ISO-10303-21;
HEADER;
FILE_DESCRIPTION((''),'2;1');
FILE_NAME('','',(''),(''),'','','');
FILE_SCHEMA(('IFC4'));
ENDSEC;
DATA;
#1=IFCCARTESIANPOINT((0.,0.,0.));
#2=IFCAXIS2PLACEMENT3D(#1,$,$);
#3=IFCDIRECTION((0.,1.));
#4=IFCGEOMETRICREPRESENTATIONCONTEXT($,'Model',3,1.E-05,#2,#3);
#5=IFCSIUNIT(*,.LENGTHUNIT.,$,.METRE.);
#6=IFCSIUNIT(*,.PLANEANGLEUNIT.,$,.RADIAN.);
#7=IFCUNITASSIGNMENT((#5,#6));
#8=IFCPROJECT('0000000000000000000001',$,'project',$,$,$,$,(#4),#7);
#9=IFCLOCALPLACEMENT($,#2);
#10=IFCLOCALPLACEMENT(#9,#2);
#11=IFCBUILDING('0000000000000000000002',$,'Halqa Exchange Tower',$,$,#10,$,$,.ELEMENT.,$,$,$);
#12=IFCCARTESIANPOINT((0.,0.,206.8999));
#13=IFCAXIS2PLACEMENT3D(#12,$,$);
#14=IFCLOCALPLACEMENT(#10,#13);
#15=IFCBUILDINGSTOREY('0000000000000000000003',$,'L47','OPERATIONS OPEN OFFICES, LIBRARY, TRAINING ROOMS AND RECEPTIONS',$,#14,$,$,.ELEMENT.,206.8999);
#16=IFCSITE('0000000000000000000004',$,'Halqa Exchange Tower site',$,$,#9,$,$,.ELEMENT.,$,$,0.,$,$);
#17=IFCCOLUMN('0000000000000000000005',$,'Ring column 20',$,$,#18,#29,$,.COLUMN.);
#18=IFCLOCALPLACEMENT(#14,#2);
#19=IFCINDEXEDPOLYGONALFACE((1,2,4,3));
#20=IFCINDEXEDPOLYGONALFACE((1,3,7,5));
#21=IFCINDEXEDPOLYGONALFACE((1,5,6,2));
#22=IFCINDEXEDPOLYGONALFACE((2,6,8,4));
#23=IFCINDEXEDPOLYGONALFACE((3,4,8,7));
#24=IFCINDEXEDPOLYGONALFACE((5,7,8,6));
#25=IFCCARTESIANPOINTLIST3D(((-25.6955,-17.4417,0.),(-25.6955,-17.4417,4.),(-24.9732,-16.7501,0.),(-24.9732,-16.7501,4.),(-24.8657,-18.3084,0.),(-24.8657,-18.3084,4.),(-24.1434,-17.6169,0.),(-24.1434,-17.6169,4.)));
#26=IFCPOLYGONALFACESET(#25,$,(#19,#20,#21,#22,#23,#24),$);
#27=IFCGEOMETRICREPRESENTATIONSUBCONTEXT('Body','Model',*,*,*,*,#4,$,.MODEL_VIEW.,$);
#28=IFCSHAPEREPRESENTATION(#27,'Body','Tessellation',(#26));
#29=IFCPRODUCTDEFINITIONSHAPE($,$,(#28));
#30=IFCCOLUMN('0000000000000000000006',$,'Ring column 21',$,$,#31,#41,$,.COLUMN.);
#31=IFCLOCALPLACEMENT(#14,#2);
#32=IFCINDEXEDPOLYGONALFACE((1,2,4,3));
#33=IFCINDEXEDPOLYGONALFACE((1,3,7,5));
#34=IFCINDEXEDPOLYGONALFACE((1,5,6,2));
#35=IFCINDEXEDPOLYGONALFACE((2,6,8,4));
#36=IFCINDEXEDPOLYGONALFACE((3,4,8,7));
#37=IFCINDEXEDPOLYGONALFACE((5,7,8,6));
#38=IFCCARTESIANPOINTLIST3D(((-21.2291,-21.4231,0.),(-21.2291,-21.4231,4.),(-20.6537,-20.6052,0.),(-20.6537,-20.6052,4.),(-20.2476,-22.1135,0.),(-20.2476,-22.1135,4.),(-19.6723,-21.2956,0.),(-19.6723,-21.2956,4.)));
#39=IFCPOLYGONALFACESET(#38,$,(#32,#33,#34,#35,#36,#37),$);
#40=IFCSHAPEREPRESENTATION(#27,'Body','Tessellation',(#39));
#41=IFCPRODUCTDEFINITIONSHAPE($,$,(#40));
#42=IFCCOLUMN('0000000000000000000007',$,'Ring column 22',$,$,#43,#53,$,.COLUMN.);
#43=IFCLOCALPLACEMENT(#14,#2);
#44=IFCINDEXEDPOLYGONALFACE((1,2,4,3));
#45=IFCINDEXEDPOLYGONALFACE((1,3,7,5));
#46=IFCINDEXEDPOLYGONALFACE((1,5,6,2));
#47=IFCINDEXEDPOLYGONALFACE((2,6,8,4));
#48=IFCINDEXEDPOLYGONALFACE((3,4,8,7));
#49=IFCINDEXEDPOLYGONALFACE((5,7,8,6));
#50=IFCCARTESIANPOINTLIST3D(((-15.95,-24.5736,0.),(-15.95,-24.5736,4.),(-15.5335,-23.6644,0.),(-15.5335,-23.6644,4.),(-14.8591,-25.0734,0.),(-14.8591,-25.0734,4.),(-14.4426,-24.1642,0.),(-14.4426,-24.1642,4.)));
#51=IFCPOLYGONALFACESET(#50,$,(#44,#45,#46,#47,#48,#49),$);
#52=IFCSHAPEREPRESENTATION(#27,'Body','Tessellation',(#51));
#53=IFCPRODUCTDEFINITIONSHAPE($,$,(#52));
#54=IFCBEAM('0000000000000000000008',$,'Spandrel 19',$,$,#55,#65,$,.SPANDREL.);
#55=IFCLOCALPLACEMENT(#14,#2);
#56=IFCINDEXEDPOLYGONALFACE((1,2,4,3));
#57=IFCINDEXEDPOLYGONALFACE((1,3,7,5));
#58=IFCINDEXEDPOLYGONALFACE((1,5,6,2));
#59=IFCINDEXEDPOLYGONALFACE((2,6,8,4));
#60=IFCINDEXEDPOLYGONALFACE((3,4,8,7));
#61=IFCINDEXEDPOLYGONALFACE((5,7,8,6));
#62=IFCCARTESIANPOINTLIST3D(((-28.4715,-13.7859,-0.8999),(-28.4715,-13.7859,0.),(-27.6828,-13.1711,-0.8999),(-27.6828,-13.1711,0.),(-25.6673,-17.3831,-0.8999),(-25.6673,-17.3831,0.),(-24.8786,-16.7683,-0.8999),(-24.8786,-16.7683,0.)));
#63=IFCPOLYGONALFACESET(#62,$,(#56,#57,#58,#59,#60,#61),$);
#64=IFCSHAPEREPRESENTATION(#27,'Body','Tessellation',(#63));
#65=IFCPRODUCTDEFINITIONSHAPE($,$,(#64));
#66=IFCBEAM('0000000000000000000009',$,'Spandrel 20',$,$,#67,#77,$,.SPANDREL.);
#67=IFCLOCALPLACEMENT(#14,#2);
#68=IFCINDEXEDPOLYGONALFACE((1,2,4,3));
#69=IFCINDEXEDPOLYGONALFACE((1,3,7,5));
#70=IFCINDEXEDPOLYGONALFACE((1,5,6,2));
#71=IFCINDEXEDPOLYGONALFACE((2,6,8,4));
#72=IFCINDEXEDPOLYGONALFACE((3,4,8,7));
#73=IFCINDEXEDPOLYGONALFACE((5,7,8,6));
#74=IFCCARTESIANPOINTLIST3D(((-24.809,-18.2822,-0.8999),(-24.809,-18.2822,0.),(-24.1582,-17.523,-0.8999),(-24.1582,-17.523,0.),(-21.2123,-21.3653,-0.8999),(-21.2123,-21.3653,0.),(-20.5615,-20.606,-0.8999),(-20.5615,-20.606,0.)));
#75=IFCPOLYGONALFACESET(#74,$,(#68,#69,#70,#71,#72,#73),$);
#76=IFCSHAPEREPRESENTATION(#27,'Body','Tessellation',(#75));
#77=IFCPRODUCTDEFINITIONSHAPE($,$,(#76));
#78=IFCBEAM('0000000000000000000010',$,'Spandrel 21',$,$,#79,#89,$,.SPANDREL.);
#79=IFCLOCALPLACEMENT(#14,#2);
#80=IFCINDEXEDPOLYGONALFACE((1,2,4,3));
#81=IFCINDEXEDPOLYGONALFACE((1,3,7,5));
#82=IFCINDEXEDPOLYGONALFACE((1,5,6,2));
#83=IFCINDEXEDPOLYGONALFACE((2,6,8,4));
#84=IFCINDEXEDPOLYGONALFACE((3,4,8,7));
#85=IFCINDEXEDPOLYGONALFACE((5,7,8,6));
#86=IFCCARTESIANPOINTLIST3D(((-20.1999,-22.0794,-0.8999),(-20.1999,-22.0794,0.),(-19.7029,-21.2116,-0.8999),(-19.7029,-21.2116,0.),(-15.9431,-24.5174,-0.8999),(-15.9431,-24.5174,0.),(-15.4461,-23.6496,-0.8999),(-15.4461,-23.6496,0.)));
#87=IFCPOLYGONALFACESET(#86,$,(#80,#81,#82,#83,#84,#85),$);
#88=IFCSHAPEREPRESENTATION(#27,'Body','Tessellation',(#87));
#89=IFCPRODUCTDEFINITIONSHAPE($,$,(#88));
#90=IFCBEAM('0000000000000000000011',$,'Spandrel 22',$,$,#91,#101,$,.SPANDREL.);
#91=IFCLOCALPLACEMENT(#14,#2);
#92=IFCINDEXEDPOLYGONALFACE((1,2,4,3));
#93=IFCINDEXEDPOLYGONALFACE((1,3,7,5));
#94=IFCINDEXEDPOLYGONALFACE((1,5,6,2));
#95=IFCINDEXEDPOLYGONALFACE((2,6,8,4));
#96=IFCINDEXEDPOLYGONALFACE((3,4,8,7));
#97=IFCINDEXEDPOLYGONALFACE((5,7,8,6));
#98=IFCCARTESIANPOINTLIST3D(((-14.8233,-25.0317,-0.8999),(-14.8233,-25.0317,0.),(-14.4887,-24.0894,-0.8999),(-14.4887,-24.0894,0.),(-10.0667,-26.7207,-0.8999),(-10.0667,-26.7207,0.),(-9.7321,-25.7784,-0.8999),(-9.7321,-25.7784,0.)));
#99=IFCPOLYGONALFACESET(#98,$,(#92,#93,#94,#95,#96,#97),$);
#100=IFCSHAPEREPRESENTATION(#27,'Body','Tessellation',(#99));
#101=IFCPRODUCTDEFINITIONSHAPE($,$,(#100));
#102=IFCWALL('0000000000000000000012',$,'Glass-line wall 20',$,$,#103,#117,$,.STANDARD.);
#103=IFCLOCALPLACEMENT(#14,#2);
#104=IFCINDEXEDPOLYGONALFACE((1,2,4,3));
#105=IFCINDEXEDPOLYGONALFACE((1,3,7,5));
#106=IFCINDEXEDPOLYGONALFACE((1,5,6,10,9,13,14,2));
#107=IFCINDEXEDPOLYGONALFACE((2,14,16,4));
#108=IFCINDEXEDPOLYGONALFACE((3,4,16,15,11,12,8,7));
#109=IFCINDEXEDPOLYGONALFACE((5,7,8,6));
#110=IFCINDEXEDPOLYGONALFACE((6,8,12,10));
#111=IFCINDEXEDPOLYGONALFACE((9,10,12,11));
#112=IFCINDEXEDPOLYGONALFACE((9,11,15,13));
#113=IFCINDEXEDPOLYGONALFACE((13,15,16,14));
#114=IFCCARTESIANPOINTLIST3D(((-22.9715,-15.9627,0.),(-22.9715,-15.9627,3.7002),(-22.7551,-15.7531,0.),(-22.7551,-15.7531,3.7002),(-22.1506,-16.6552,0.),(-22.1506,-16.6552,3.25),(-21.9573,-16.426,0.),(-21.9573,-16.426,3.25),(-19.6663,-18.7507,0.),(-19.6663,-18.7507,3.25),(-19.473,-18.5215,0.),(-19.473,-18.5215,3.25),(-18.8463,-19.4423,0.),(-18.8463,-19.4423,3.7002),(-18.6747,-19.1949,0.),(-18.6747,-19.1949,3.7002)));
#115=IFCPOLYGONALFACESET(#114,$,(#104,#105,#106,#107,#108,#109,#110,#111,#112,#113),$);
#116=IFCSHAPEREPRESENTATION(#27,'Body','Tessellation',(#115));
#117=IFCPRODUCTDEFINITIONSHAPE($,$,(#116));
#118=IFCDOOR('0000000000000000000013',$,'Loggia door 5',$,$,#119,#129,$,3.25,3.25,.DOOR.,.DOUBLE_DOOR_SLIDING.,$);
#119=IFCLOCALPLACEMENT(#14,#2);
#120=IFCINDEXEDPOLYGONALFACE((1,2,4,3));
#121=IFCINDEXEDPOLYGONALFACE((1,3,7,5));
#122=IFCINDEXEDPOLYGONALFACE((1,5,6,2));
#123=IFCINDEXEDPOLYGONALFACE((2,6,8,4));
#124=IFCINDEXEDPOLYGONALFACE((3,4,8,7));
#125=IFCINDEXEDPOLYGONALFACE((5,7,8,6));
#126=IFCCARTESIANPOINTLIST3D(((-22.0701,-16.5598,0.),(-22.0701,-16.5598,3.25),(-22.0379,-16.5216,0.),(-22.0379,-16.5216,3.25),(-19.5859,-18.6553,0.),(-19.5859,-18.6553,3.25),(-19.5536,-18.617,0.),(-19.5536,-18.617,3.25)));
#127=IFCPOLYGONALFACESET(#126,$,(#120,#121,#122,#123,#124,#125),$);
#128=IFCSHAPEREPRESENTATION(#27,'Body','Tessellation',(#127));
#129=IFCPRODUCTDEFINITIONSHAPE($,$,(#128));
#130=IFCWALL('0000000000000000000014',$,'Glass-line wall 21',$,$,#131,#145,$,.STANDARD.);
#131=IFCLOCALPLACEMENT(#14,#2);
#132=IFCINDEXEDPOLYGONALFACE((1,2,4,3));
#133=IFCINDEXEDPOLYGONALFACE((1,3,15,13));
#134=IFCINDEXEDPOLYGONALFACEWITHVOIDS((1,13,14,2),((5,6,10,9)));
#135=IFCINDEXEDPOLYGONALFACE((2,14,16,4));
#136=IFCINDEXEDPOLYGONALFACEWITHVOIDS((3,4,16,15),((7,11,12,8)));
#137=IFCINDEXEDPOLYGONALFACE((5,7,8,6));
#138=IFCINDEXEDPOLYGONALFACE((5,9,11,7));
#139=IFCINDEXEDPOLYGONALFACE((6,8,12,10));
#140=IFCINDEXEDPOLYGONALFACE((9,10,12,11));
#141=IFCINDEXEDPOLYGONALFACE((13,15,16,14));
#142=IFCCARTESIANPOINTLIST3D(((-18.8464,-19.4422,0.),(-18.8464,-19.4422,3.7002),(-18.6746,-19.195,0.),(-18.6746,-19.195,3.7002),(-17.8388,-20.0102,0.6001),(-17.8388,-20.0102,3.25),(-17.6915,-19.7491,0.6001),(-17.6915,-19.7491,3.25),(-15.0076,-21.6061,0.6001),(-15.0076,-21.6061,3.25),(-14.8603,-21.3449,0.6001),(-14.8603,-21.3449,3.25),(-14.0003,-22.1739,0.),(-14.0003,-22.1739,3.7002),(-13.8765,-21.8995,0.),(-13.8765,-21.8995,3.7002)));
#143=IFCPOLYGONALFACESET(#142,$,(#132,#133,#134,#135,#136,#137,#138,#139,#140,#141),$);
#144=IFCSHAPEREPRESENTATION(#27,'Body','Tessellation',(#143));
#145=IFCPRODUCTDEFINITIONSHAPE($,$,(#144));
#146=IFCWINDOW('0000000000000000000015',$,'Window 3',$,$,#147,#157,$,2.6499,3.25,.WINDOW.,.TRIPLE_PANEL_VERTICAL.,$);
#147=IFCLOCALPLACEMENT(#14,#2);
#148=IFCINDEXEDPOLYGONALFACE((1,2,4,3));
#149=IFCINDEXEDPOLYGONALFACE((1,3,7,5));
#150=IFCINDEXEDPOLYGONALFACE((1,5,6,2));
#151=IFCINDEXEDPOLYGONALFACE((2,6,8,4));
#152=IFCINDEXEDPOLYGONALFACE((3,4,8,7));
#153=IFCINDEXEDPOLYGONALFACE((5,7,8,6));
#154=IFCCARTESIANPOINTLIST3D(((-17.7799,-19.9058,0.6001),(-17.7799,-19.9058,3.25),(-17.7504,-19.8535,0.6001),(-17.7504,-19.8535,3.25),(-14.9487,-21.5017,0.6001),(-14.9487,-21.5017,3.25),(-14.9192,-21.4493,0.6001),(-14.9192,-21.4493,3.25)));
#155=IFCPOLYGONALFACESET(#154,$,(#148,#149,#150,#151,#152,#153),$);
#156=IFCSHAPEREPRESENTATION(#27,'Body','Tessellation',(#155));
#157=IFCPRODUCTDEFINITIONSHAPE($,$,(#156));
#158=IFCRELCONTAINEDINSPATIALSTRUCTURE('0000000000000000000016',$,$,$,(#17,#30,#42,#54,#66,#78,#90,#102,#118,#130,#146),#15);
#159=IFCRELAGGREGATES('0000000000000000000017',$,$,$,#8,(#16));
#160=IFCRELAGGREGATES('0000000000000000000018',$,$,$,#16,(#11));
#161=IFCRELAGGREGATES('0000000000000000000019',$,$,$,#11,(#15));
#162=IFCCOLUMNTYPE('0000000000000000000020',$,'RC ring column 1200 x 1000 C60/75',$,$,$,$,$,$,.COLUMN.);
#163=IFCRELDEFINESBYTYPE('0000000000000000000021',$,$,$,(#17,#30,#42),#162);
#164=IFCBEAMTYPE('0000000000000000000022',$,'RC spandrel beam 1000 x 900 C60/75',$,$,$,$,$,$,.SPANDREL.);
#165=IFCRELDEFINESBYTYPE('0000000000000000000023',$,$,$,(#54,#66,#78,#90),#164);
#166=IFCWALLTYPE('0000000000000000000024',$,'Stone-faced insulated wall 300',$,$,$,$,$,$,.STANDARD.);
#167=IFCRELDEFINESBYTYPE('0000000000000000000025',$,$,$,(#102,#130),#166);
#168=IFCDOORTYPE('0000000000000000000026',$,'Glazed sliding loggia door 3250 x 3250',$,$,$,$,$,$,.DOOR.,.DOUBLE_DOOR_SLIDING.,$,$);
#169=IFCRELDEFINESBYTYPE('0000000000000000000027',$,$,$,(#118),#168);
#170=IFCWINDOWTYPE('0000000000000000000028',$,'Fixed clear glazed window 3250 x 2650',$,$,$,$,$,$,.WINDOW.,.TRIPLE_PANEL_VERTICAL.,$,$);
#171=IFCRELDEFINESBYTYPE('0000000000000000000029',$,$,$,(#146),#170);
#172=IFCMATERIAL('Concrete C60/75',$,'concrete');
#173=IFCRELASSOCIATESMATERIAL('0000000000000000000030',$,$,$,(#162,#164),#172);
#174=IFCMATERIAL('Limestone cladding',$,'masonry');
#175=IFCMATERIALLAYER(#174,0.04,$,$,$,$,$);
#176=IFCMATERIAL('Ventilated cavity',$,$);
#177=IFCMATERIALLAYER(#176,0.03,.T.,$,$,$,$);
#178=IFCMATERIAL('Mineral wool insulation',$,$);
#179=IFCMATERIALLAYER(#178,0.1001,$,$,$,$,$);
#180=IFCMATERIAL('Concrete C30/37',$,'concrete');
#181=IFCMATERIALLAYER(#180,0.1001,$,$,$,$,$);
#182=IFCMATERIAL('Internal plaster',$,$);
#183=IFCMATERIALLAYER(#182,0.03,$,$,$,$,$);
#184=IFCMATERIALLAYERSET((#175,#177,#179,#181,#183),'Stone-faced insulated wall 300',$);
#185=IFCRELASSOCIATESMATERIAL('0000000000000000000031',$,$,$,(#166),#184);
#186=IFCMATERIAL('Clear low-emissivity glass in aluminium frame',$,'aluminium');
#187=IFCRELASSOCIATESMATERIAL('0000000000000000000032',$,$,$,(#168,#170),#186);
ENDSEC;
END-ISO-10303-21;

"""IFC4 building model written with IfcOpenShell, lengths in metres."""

from ifc_helpers import new_model, si_unit, direction, frame, frame_2d, origin, origin_2d, place, context, subcontext, project, spatial, polyline, rectangle, outline, extrude, material, layer, layer_set, material_profile, profile_set, type_object, element, fill, save


model = new_model("IFC4")

# Units and contexts
model_context = context("Model", 3, precision=1e-05, world=origin(), true_north=direction((0.0, 1.0)))
body_context = subcontext(model_context, "Body", "Model", "MODEL_VIEW")
ifc_project = project(units=[si_unit("LENGTHUNIT", "METRE"), si_unit("PLANEANGLEUNIT", "RADIAN")], contexts=[model_context])

# Site, building, storey
site_placement = place(None, origin())
site = spatial("IfcSite", under=ifc_project, at=site_placement, Name="Halqa Exchange Tower site", CompositionType="ELEMENT", RefElevation=0.0)
building_placement = place(site_placement, origin())
building = spatial("IfcBuilding", under=site, at=building_placement, Name="Halqa Exchange Tower", CompositionType="ELEMENT")
storey_placement = place(building_placement, frame((0.0, 0.0, 206.8999)))
storey = spatial("IfcBuildingStorey", under=building, at=storey_placement, Name="L47", Description="OPERATIONS OPEN OFFICES, LIBRARY, TRAINING ROOMS AND RECEPTIONS", CompositionType="ELEMENT", Elevation=206.8999)

# Columns
ifc_material_1 = material(Name="Concrete C60/75", Category="concrete")
ifc_material_profile_1 = material_profile(ifc_material_1, rectangle(XDim=1.2, YDim=1.0, at=origin_2d()), Name="1200 x 1000")
ifc_profile_set_1 = profile_set([ifc_material_profile_1], Name="Concrete C60/75")
column_type = type_object("IfcColumnType", Name="RC ring column 1200 x 1000 C60/75", PredefinedType="COLUMN", material=ifc_profile_set_1)
for number, where, z_axis, x_axis, name in (
    (1, (-24.9194, -17.5293, 0.0), (0.0, 0.0, 1.0), (0.691577, -0.722302, 0.0), "Ring column 20"),
    (2, (-20.4507, -21.3594, 0.0), (0.0, 0.0, 1.0), (0.817909, -0.575348, 0.0), "Ring column 21"),
    (3, (-15.1963, -24.3689, 0.0), (0.0, 0.0, 1.0), (0.909126, -0.41652, 0.0), "Ring column 22"),
):
    element("IfcColumn", number, at=place(storey_placement, frame(where, z_axis=z_axis, x_axis=x_axis)), inside=storey, type_object=column_type, Name=name, PredefinedType="COLUMN", context=body_context, shape_type="SweptSolid", body=[
        extrude(rectangle(XDim=1.2, YDim=1.0, at=origin_2d()), origin(), (0.0, 0.0, 1.0), 4.0),
    ])

# Beams
ifc_material_profile_2 = material_profile(ifc_material_1, rectangle(XDim=1.0, YDim=0.8999, at=origin_2d()), Name="1000 x 900")
ifc_profile_set_2 = profile_set([ifc_material_profile_2], Name="Concrete C60/75")
beam_type = type_object("IfcBeamType", Name="RC spandrel beam 1000 x 900 C60/75", PredefinedType="SPANDREL", material=ifc_profile_set_2)
beam_1_placement = place(storey_placement, frame((-28.0771, -13.4785, -0.45), z_axis=(0.614815, -0.788672, 0.0), x_axis=(0.788672, 0.614815, 0.0)))
element("IfcBeam", 4, at=beam_1_placement, inside=storey, type_object=beam_type, Name="Spandrel 19", PredefinedType="SPANDREL", context=body_context, shape_type="SweptSolid", body=[
    extrude(rectangle(XDim=1.0, YDim=0.8999, at=origin_2d()), origin(), (0.0, 0.0, 1.0), 4.561),
])
beam_2_placement = place(storey_placement, frame((-24.4836, -17.9026, -0.45), z_axis=(0.759242, -0.650808, 0.0), x_axis=(0.650808, 0.759242, 0.0)))
element("IfcBeam", 5, at=beam_2_placement, inside=storey, type_object=beam_type, Name="Spandrel 20", PredefinedType="SPANDREL", context=body_context, shape_type="SweptSolid", body=[
    extrude(rectangle(XDim=1.0, YDim=0.8999, at=origin_2d()), origin(), (0.0, 0.0, 1.0), 4.7373),
])
beam_3_placement = place(storey_placement, frame((-19.9514, -21.6455, -0.45), z_axis=(0.867759, -0.496986, 0.0), x_axis=(0.496986, 0.867759, 0.0)))
element("IfcBeam", 6, at=beam_3_placement, inside=storey, type_object=beam_type, Name="Spandrel 21", PredefinedType="SPANDREL", context=body_context, shape_type="SweptSolid", body=[
    extrude(rectangle(XDim=1.0, YDim=0.8999, at=origin_2d()), origin(), (0.0, 0.0, 1.0), 4.9055),
])
beam_4_placement = place(storey_placement, frame((-14.656, -24.5605, -0.45), z_axis=(0.942356, -0.334611, 0.0), x_axis=(0.334611, 0.942356, 0.0)))
element("IfcBeam", 7, at=beam_4_placement, inside=storey, type_object=beam_type, Name="Spandrel 22", PredefinedType="SPANDREL", context=body_context, shape_type="SweptSolid", body=[
    extrude(rectangle(XDim=1.0, YDim=0.8999, at=origin_2d()), origin(), (0.0, 0.0, 1.0), 5.0476),
])

# Wall, opening, door
ifc_material_2 = material(Name="Limestone cladding", Category="masonry")
ifc_layer_1 = layer(ifc_material_2, 0.04)
ifc_material_3 = material(Name="Ventilated cavity")
ifc_layer_2 = layer(ifc_material_3, 0.03, ventilated=True)
ifc_material_4 = material(Name="Mineral wool insulation")
ifc_layer_3 = layer(ifc_material_4, 0.1001)
ifc_material_5 = material(Name="Concrete C30/37", Category="concrete")
ifc_layer_4 = layer(ifc_material_5, 0.1001)
ifc_material_6 = material(Name="Internal plaster")
ifc_layer_5 = layer(ifc_material_6, 0.03)
ifc_layer_set_1 = layer_set([ifc_layer_1, ifc_layer_2, ifc_layer_3, ifc_layer_4, ifc_layer_5], Name="Stone-faced insulated wall 300")
wall_type_1 = type_object("IfcWallType", Name="Stone-faced insulated wall 300", PredefinedType="STANDARD", material=ifc_layer_set_1)
wall_1_placement = place(storey_placement, frame((-22.8633, -15.8579, 0.0), z_axis=(0.0, 0.0, 1.0), x_axis=(0.764386, -0.644759, 0.0)))
wall_1 = element("IfcWall", 8, at=wall_1_placement, inside=storey, type_object=wall_type_1, Name="Glass-line wall 20", PredefinedType="STANDARD", context=body_context, shape_type="SweptSolid", body=[
    extrude(outline(polyline([(-0.0151, -0.1499), (5.3816, -0.1499), (5.3533, 0.1499), (0.0151, 0.1499), (-0.0151, -0.1499)])), origin(), (0.0, 0.0, 1.0), 3.7002),
])
opening_1_placement = place(wall_1_placement, frame((1.0588, 0.0, 0.0)))
opening_1 = element("IfcOpeningElement", 9, at=opening_1_placement, cuts=wall_1, PredefinedType="OPENING", context=body_context, shape_type="SweptSolid", body=[
    extrude(rectangle(XDim=3.25, YDim=3.25, at=frame_2d((1.625, 1.625))), frame((0.0, 0.1621, 0.0), z_axis=(0.0, -1.0, 0.0), x_axis=(1.0, 0.0, 0.0)), (0.0, 0.0, 1.0), 0.324),
])
ifc_material_7 = material(Name="Clear low-emissivity glass in aluminium frame", Category="aluminium")
door_type_1 = type_object("IfcDoorType", Name="Glazed sliding loggia door 3250 x 3250", OperationType="DOUBLE_DOOR_SLIDING", PredefinedType="DOOR", material=ifc_material_7)
door_1_placement = place(opening_1_placement, origin())
door_1 = element("IfcDoor", 10, at=door_1_placement, inside=storey, type_object=door_type_1, Name="Loggia door 5", OperationType="DOUBLE_DOOR_SLIDING", OverallHeight=3.25, OverallWidth=3.25, PredefinedType="DOOR", context=body_context, shape_type="SweptSolid", body=[
    extrude(rectangle(XDim=3.25, YDim=3.25, at=frame_2d((1.625, 1.625))), frame((0.0, 0.0249, 0.0), z_axis=(0.0, -1.0, 0.0), x_axis=(1.0, 0.0, 0.0)), (0.0, 0.0, 1.0), 0.05),
])
fill(opening_1, door_1)

# Wall, opening, window
wall_2_placement = place(storey_placement, frame((-18.7605, -19.3186, 0.0), z_axis=(0.0, 0.0, 1.0), x_axis=(0.871141, -0.491034, 0.0)))
wall_2 = element("IfcWall", 11, at=wall_2_placement, inside=storey, type_object=wall_type_1, Name="Glass-line wall 21", PredefinedType="STANDARD", context=body_context, shape_type="SweptSolid", body=[
    extrude(outline(polyline([(-0.0142, -0.1499), (5.5488, -0.1499), (5.522, 0.1499), (0.0142, 0.1499), (-0.0142, -0.1499)])), origin(), (0.0, 0.0, 1.0), 3.7002),
])
opening_2_placement = place(wall_2_placement, frame((1.1426, 0.0, 0.6001)))
opening_2 = element("IfcOpeningElement", 12, at=opening_2_placement, cuts=wall_2, PredefinedType="OPENING", context=body_context, shape_type="SweptSolid", body=[
    extrude(rectangle(XDim=3.25, YDim=2.6499, at=frame_2d((1.625, 1.325))), frame((0.0, 0.1621, 0.0), z_axis=(0.0, -1.0, 0.0), x_axis=(1.0, 0.0, 0.0)), (0.0, 0.0, 1.0), 0.324),
])
window_type = type_object("IfcWindowType", Name="Fixed clear glazed window 3250 x 2650", PartitioningType="TRIPLE_PANEL_VERTICAL", PredefinedType="WINDOW", material=ifc_material_7)
window_1_placement = place(opening_2_placement, origin())
window_1 = element("IfcWindow", 13, at=window_1_placement, inside=storey, type_object=window_type, Name="Window 3", OverallHeight=2.6499, OverallWidth=3.25, PartitioningType="TRIPLE_PANEL_VERTICAL", PredefinedType="WINDOW", context=body_context, shape_type="SweptSolid", body=[
    extrude(rectangle(XDim=3.25, YDim=2.6499, at=frame_2d((1.625, 1.325))), frame((0.0, 0.03, 0.0), z_axis=(0.0, -1.0, 0.0), x_axis=(1.0, 0.0, 0.0)), (0.0, 0.0, 1.0), 0.0601),
])
fill(opening_2, window_1)

save(model, "model.ifc")
